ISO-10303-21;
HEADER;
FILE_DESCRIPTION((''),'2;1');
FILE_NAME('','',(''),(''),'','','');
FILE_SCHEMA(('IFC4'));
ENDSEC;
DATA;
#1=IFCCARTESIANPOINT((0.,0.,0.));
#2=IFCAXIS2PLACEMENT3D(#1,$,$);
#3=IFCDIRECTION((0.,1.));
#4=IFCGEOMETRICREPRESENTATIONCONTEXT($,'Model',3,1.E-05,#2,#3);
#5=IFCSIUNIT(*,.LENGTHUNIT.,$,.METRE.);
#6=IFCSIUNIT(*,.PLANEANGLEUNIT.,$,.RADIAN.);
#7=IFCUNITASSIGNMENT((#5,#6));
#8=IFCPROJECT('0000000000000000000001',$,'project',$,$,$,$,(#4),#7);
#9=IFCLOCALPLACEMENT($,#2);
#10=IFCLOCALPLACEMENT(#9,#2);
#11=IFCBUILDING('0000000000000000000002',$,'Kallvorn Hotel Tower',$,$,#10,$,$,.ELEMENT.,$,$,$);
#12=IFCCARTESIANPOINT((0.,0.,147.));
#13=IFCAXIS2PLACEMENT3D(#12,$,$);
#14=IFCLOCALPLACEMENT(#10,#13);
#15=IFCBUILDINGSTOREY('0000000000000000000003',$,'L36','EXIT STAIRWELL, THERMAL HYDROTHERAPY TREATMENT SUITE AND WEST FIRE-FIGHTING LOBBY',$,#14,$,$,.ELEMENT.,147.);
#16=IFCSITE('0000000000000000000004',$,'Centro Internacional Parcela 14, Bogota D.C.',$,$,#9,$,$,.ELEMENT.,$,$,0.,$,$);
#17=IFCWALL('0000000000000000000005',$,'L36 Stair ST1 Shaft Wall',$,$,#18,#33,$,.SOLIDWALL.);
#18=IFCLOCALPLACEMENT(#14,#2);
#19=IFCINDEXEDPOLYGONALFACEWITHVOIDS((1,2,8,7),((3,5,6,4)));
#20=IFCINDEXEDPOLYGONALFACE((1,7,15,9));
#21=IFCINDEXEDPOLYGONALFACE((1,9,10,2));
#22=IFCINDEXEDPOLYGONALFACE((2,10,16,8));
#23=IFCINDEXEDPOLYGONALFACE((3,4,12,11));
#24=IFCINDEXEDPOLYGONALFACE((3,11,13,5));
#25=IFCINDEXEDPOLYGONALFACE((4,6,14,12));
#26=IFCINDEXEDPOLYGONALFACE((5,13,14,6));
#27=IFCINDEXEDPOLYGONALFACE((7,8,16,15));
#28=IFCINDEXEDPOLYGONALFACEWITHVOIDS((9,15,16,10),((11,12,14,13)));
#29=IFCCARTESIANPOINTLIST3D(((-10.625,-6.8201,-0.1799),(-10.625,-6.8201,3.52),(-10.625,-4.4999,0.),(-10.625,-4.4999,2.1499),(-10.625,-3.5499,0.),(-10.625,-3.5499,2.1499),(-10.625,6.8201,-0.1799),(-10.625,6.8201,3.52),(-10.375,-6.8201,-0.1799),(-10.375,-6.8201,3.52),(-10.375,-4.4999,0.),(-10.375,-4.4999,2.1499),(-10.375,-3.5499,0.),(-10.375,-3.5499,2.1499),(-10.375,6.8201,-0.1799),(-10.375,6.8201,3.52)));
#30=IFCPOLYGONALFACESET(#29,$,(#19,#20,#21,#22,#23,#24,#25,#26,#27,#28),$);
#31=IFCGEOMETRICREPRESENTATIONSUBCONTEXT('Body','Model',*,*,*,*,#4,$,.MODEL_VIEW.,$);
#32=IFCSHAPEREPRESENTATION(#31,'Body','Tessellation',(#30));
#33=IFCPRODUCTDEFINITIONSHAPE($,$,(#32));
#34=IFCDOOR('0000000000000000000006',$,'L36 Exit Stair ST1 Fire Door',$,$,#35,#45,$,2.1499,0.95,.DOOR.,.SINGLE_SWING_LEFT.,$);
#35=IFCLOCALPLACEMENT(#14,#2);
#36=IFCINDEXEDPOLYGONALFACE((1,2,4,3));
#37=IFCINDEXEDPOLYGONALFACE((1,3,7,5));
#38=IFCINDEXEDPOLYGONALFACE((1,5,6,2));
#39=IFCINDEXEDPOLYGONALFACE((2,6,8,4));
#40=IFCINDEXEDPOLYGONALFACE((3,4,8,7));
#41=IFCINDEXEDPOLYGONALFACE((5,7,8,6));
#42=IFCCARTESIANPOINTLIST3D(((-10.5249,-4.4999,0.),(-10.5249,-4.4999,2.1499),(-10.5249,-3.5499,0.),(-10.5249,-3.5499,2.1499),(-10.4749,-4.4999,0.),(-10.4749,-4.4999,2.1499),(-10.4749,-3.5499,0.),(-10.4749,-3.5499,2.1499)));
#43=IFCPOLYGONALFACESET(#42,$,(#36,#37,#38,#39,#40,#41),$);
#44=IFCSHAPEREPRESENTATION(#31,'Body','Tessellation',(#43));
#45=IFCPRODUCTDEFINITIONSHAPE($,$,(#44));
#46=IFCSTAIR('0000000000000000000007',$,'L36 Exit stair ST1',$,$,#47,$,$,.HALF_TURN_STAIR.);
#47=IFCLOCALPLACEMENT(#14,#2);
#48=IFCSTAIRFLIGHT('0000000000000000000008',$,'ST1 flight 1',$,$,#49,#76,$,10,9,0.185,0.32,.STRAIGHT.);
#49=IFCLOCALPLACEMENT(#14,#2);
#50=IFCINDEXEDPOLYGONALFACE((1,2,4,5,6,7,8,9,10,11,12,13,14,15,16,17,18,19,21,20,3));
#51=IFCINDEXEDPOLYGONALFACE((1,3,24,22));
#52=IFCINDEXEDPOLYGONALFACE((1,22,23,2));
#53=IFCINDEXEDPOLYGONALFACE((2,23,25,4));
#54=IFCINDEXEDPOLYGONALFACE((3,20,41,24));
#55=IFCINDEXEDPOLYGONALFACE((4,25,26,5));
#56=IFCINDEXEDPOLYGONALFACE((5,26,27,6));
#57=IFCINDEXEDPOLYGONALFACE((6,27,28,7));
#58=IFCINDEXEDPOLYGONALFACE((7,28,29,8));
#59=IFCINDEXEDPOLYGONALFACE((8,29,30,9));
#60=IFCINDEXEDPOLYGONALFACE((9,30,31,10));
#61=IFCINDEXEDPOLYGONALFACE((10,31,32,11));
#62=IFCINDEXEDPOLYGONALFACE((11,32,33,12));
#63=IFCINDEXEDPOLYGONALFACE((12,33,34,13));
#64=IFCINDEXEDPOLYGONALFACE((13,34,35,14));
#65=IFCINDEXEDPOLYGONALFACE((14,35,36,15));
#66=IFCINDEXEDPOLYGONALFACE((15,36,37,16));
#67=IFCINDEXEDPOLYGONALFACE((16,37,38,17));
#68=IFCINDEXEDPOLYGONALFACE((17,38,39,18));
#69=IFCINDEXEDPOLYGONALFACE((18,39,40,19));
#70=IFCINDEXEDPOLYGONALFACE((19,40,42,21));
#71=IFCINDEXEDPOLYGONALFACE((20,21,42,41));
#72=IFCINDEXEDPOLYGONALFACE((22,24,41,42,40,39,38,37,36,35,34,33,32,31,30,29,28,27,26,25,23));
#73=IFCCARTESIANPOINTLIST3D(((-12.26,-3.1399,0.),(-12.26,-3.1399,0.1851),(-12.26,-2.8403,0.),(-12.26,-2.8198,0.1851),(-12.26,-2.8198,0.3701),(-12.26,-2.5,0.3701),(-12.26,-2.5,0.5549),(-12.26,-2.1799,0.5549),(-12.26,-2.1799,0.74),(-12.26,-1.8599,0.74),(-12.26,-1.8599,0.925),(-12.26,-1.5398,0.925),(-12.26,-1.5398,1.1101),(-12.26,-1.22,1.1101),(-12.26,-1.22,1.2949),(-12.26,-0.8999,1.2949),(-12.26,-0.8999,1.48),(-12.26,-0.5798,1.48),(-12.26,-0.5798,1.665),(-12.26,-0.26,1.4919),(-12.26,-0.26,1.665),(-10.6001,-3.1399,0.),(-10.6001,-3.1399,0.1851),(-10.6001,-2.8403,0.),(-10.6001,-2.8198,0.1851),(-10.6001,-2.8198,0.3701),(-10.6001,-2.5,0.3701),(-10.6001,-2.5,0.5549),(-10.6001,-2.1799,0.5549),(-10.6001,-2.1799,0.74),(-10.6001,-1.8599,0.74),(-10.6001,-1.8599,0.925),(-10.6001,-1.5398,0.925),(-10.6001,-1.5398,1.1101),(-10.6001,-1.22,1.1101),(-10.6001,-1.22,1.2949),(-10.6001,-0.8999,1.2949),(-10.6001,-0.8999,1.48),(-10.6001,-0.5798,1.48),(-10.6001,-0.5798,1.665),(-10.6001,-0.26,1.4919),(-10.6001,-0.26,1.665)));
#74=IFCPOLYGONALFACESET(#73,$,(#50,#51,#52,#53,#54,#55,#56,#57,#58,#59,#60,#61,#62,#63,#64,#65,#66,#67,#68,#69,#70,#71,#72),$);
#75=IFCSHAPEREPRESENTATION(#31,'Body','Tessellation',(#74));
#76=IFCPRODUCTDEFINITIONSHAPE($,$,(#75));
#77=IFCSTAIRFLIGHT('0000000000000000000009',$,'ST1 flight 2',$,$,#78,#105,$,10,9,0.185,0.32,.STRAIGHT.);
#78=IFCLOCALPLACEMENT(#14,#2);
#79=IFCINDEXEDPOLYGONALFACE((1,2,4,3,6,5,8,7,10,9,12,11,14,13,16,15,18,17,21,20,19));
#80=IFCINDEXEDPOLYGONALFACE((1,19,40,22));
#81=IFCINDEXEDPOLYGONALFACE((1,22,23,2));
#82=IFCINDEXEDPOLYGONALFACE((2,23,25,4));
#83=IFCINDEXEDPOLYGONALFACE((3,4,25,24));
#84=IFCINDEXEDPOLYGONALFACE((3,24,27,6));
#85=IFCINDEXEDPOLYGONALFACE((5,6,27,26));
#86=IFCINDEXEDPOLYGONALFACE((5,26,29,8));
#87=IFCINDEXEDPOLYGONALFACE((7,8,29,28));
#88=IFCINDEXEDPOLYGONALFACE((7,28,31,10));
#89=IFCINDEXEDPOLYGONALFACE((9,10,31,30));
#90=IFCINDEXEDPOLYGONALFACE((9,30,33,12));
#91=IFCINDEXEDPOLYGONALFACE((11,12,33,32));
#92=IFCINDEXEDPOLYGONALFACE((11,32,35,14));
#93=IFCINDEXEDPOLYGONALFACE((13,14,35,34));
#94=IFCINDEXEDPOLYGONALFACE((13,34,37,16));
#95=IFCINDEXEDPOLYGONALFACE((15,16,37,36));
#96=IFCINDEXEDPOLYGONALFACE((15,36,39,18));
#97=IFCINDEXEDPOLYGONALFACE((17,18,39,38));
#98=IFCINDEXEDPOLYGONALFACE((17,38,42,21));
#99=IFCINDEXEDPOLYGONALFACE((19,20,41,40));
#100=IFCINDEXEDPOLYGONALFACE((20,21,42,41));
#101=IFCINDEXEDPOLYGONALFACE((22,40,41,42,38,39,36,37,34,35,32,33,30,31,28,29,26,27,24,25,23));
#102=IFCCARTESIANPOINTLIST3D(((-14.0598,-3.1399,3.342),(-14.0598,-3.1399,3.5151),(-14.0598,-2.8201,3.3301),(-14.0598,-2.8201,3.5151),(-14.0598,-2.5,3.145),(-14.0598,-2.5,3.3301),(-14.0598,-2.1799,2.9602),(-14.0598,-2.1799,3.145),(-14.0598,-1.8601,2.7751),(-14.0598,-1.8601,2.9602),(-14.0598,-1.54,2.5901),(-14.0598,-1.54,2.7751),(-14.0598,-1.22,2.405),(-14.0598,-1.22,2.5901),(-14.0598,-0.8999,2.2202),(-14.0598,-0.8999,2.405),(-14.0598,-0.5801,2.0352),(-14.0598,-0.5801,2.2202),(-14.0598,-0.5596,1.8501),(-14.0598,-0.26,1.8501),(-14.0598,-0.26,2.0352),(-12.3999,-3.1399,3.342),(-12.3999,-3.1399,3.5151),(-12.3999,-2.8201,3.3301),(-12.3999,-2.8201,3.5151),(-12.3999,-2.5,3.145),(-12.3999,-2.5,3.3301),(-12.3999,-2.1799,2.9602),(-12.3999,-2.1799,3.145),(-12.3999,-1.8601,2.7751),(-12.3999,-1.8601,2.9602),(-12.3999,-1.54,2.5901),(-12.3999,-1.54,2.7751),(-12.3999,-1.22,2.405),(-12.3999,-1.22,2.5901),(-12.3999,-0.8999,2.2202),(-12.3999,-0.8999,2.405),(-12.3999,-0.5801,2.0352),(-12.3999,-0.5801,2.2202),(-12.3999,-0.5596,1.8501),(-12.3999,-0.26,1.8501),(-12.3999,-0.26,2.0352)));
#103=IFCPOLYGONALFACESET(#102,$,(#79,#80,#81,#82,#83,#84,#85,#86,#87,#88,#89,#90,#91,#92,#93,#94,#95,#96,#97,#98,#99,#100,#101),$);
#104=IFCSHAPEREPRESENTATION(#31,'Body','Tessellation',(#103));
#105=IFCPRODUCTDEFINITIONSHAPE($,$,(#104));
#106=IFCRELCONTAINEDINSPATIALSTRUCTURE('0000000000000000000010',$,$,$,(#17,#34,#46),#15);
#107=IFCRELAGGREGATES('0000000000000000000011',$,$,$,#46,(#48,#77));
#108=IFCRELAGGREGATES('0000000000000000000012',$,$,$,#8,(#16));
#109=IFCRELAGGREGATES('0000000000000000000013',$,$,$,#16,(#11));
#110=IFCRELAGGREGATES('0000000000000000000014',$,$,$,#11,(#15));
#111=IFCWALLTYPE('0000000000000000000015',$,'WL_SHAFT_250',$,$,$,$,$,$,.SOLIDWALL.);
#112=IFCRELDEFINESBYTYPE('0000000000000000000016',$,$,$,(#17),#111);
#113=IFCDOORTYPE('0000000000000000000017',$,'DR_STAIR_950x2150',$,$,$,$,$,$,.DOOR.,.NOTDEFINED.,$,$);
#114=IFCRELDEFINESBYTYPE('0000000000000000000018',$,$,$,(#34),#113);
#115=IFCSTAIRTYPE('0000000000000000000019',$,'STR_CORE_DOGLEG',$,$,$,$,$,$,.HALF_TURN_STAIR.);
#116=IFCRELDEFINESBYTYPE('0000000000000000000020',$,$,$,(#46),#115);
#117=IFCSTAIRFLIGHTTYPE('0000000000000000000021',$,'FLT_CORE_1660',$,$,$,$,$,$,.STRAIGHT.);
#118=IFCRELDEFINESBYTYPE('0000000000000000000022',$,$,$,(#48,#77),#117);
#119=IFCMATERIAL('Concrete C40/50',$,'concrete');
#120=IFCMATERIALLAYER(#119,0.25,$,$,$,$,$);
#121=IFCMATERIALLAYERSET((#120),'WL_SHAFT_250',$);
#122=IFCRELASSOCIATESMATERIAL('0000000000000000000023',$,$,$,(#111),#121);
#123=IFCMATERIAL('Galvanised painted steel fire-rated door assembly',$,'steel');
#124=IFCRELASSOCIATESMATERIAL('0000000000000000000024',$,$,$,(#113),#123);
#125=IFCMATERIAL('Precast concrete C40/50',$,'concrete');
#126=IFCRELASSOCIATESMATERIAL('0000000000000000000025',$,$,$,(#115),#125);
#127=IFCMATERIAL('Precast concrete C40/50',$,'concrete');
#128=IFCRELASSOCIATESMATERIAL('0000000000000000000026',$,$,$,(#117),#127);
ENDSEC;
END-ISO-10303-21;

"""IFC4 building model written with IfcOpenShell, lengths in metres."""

from ifc_helpers import new_model, si_unit, direction, frame, frame_2d, origin, place, context, subcontext, project, spatial, polyline, rectangle, outline, extrude, material, layer, layer_set, type_object, element, fill, aggregate, save


model = new_model("IFC4")

# Units and contexts
model_context = context("Model", 3, precision=1e-05, world=origin(), true_north=direction((0.0, 1.0)))
body_context = subcontext(model_context, "Body", "Model", "MODEL_VIEW")
ifc_project = project(units=[si_unit("LENGTHUNIT", "METRE"), si_unit("PLANEANGLEUNIT", "RADIAN")], contexts=[model_context])

# Site, building, storey
site_placement = place(None, origin())
site = spatial("IfcSite", under=ifc_project, at=site_placement, Name="Centro Internacional Parcela 14, Bogota D.C.", CompositionType="ELEMENT", RefElevation=0.0)
building_placement = place(site_placement, origin())
building = spatial("IfcBuilding", under=site, at=building_placement, Name="Kallvorn Hotel Tower", CompositionType="ELEMENT")
storey_placement = place(building_placement, frame((0.0, 0.0, 147.0)))
storey = spatial("IfcBuildingStorey", under=building, at=storey_placement, Name="L36", Description="EXIT STAIRWELL, THERMAL HYDROTHERAPY TREATMENT SUITE AND WEST FIRE-FIGHTING LOBBY", CompositionType="ELEMENT", Elevation=147.0)

# Wall, opening, door
ifc_material_1 = material(Name="Concrete C40/50", Category="concrete")
ifc_layer_1 = layer(ifc_material_1, 0.25)
ifc_layer_set_1 = layer_set([ifc_layer_1], Name="WL_SHAFT_250")
wall_type_1 = type_object("IfcWallType", Name="WL_SHAFT_250", PredefinedType="SOLIDWALL", material=ifc_layer_set_1)
wall_1_placement = place(storey_placement, frame((-10.5, -6.8201, -0.1799), z_axis=(0.0, 0.0, 1.0), x_axis=(0.0, 1.0, 0.0)))
wall_1 = element("IfcWall", 1, at=wall_1_placement, inside=storey, type_object=wall_type_1, Name="L36 Stair ST1 Shaft Wall", PredefinedType="SOLIDWALL", context=body_context, shape_type="SweptSolid", body=[
    extrude(rectangle(XDim=13.6401, YDim=0.25, at=frame_2d((6.8201, 0.0))), origin(), (0.0, 0.0, 1.0), 3.7),
])
opening_1_placement = place(wall_1_placement, frame((2.3201, 0.0, 0.1799)))
opening_1 = element("IfcOpeningElement", 2, at=opening_1_placement, cuts=wall_1, PredefinedType="OPENING", context=body_context, shape_type="SweptSolid", body=[
    extrude(rectangle(XDim=0.95, YDim=2.1499, at=frame_2d((0.4751, 1.075))), frame((0.0, 0.1399, 0.0), z_axis=(0.0, -1.0, 0.0), x_axis=(1.0, 0.0, 0.0)), (0.0, 0.0, 1.0), 0.28),
])
ifc_material_2 = material(Name="Galvanised painted steel fire-rated door assembly", Category="steel")
door_type_1 = type_object("IfcDoorType", Name="DR_STAIR_950x2150", OperationType="NOTDEFINED", PredefinedType="DOOR", material=ifc_material_2)
door_1_placement = place(opening_1_placement, origin())
door_1 = element("IfcDoor", 3, at=door_1_placement, inside=storey, type_object=door_type_1, Name="L36 Exit Stair ST1 Fire Door", OperationType="SINGLE_SWING_LEFT", OverallHeight=2.1499, OverallWidth=0.95, PredefinedType="DOOR", context=body_context, shape_type="SweptSolid", body=[
    extrude(rectangle(XDim=0.95, YDim=2.1499, at=frame_2d((0.4751, 1.075))), frame((0.0, 0.0249, 0.0), z_axis=(0.0, -1.0, 0.0), x_axis=(1.0, 0.0, 0.0)), (0.0, 0.0, 1.0), 0.05),
])
fill(opening_1, door_1)

# Stair, stair flights
ifc_material_3 = material(Name="Precast concrete C40/50", Category="concrete")
stair_type = type_object("IfcStairType", Name="STR_CORE_DOGLEG", PredefinedType="HALF_TURN_STAIR", material=ifc_material_3)
stair_placement = place(storey_placement, origin())
stair = element("IfcStair", 4, at=stair_placement, inside=storey, type_object=stair_type, Name="L36 Exit stair ST1", PredefinedType="HALF_TURN_STAIR")
ifc_material_4 = material(Name="Precast concrete C40/50", Category="concrete")
stair_flight_type = type_object("IfcStairFlightType", Name="FLT_CORE_1660", PredefinedType="STRAIGHT", material=ifc_material_4)
stair_flight_1_placement = place(storey_placement, frame((-11.4299, -3.1399, 0.0), z_axis=(0.0, 0.0, 1.0), x_axis=(0.0, 1.0, 0.0)))
stair_flight_1 = element("IfcStairFlight", 5, at=stair_flight_1_placement, type_object=stair_flight_type, Name="ST1 flight 1", NumberOfRisers=10, NumberOfTreads=9, PredefinedType="STRAIGHT", RiserHeight=0.185, TreadLength=0.32, context=body_context, shape_type="SweptSolid", body=[
    extrude(outline(polyline([(0.0, 0.0), (0.0, 0.1851), (0.3201, 0.1851), (0.3201, 0.3701), (0.6399, 0.3701), (0.6399, 0.5549), (0.96, 0.5549), (0.96, 0.74), (1.28, 0.74), (1.28, 0.925), (1.6001, 0.925), (1.6001, 1.1101), (1.9199, 1.1101), (1.9199, 1.2949), (2.24, 1.2949), (2.24, 1.48), (2.5601, 1.48), (2.5601, 1.665), (2.8799, 1.665), (2.8799, 1.8501), (2.8799, 1.4919), (0.2996, 0.0), (0.0, 0.0)])), frame((0.0, 0.8301, 0.0), z_axis=(0.0, -1.0, 0.0), x_axis=(1.0, 0.0, 0.0)), (0.0, 0.0, 1.0), 1.6599),
])
stair_flight_2_placement = place(storey_placement, frame((-13.23, -0.26, 1.8501), z_axis=(0.0, 0.0, 1.0), x_axis=(0.0, -1.0, 0.0)))
stair_flight_2 = element("IfcStairFlight", 6, at=stair_flight_2_placement, type_object=stair_flight_type, Name="ST1 flight 2", NumberOfRisers=10, NumberOfTreads=9, PredefinedType="STRAIGHT", RiserHeight=0.185, TreadLength=0.32, context=body_context, shape_type="SweptSolid", body=[
    extrude(outline(polyline([(0.0, 0.0), (0.0, 0.1851), (0.3201, 0.1851), (0.3201, 0.3701), (0.6399, 0.3701), (0.6399, 0.5549), (0.96, 0.5549), (0.96, 0.74), (1.28, 0.74), (1.28, 0.925), (1.6001, 0.925), (1.6001, 1.1101), (1.9199, 1.1101), (1.9199, 1.2949), (2.24, 1.2949), (2.24, 1.48), (2.5601, 1.48), (2.5601, 1.665), (2.8799, 1.665), (2.8799, 1.8501), (2.8799, 1.4919), (0.2996, 0.0), (0.0, 0.0)])), frame((0.0, 0.8301, 0.0), z_axis=(0.0, -1.0, 0.0), x_axis=(1.0, 0.0, 0.0)), (0.0, 0.0, 1.0), 1.6599),
])
aggregate(stair, [stair_flight_1, stair_flight_2])

save(model, "model.ifc")
